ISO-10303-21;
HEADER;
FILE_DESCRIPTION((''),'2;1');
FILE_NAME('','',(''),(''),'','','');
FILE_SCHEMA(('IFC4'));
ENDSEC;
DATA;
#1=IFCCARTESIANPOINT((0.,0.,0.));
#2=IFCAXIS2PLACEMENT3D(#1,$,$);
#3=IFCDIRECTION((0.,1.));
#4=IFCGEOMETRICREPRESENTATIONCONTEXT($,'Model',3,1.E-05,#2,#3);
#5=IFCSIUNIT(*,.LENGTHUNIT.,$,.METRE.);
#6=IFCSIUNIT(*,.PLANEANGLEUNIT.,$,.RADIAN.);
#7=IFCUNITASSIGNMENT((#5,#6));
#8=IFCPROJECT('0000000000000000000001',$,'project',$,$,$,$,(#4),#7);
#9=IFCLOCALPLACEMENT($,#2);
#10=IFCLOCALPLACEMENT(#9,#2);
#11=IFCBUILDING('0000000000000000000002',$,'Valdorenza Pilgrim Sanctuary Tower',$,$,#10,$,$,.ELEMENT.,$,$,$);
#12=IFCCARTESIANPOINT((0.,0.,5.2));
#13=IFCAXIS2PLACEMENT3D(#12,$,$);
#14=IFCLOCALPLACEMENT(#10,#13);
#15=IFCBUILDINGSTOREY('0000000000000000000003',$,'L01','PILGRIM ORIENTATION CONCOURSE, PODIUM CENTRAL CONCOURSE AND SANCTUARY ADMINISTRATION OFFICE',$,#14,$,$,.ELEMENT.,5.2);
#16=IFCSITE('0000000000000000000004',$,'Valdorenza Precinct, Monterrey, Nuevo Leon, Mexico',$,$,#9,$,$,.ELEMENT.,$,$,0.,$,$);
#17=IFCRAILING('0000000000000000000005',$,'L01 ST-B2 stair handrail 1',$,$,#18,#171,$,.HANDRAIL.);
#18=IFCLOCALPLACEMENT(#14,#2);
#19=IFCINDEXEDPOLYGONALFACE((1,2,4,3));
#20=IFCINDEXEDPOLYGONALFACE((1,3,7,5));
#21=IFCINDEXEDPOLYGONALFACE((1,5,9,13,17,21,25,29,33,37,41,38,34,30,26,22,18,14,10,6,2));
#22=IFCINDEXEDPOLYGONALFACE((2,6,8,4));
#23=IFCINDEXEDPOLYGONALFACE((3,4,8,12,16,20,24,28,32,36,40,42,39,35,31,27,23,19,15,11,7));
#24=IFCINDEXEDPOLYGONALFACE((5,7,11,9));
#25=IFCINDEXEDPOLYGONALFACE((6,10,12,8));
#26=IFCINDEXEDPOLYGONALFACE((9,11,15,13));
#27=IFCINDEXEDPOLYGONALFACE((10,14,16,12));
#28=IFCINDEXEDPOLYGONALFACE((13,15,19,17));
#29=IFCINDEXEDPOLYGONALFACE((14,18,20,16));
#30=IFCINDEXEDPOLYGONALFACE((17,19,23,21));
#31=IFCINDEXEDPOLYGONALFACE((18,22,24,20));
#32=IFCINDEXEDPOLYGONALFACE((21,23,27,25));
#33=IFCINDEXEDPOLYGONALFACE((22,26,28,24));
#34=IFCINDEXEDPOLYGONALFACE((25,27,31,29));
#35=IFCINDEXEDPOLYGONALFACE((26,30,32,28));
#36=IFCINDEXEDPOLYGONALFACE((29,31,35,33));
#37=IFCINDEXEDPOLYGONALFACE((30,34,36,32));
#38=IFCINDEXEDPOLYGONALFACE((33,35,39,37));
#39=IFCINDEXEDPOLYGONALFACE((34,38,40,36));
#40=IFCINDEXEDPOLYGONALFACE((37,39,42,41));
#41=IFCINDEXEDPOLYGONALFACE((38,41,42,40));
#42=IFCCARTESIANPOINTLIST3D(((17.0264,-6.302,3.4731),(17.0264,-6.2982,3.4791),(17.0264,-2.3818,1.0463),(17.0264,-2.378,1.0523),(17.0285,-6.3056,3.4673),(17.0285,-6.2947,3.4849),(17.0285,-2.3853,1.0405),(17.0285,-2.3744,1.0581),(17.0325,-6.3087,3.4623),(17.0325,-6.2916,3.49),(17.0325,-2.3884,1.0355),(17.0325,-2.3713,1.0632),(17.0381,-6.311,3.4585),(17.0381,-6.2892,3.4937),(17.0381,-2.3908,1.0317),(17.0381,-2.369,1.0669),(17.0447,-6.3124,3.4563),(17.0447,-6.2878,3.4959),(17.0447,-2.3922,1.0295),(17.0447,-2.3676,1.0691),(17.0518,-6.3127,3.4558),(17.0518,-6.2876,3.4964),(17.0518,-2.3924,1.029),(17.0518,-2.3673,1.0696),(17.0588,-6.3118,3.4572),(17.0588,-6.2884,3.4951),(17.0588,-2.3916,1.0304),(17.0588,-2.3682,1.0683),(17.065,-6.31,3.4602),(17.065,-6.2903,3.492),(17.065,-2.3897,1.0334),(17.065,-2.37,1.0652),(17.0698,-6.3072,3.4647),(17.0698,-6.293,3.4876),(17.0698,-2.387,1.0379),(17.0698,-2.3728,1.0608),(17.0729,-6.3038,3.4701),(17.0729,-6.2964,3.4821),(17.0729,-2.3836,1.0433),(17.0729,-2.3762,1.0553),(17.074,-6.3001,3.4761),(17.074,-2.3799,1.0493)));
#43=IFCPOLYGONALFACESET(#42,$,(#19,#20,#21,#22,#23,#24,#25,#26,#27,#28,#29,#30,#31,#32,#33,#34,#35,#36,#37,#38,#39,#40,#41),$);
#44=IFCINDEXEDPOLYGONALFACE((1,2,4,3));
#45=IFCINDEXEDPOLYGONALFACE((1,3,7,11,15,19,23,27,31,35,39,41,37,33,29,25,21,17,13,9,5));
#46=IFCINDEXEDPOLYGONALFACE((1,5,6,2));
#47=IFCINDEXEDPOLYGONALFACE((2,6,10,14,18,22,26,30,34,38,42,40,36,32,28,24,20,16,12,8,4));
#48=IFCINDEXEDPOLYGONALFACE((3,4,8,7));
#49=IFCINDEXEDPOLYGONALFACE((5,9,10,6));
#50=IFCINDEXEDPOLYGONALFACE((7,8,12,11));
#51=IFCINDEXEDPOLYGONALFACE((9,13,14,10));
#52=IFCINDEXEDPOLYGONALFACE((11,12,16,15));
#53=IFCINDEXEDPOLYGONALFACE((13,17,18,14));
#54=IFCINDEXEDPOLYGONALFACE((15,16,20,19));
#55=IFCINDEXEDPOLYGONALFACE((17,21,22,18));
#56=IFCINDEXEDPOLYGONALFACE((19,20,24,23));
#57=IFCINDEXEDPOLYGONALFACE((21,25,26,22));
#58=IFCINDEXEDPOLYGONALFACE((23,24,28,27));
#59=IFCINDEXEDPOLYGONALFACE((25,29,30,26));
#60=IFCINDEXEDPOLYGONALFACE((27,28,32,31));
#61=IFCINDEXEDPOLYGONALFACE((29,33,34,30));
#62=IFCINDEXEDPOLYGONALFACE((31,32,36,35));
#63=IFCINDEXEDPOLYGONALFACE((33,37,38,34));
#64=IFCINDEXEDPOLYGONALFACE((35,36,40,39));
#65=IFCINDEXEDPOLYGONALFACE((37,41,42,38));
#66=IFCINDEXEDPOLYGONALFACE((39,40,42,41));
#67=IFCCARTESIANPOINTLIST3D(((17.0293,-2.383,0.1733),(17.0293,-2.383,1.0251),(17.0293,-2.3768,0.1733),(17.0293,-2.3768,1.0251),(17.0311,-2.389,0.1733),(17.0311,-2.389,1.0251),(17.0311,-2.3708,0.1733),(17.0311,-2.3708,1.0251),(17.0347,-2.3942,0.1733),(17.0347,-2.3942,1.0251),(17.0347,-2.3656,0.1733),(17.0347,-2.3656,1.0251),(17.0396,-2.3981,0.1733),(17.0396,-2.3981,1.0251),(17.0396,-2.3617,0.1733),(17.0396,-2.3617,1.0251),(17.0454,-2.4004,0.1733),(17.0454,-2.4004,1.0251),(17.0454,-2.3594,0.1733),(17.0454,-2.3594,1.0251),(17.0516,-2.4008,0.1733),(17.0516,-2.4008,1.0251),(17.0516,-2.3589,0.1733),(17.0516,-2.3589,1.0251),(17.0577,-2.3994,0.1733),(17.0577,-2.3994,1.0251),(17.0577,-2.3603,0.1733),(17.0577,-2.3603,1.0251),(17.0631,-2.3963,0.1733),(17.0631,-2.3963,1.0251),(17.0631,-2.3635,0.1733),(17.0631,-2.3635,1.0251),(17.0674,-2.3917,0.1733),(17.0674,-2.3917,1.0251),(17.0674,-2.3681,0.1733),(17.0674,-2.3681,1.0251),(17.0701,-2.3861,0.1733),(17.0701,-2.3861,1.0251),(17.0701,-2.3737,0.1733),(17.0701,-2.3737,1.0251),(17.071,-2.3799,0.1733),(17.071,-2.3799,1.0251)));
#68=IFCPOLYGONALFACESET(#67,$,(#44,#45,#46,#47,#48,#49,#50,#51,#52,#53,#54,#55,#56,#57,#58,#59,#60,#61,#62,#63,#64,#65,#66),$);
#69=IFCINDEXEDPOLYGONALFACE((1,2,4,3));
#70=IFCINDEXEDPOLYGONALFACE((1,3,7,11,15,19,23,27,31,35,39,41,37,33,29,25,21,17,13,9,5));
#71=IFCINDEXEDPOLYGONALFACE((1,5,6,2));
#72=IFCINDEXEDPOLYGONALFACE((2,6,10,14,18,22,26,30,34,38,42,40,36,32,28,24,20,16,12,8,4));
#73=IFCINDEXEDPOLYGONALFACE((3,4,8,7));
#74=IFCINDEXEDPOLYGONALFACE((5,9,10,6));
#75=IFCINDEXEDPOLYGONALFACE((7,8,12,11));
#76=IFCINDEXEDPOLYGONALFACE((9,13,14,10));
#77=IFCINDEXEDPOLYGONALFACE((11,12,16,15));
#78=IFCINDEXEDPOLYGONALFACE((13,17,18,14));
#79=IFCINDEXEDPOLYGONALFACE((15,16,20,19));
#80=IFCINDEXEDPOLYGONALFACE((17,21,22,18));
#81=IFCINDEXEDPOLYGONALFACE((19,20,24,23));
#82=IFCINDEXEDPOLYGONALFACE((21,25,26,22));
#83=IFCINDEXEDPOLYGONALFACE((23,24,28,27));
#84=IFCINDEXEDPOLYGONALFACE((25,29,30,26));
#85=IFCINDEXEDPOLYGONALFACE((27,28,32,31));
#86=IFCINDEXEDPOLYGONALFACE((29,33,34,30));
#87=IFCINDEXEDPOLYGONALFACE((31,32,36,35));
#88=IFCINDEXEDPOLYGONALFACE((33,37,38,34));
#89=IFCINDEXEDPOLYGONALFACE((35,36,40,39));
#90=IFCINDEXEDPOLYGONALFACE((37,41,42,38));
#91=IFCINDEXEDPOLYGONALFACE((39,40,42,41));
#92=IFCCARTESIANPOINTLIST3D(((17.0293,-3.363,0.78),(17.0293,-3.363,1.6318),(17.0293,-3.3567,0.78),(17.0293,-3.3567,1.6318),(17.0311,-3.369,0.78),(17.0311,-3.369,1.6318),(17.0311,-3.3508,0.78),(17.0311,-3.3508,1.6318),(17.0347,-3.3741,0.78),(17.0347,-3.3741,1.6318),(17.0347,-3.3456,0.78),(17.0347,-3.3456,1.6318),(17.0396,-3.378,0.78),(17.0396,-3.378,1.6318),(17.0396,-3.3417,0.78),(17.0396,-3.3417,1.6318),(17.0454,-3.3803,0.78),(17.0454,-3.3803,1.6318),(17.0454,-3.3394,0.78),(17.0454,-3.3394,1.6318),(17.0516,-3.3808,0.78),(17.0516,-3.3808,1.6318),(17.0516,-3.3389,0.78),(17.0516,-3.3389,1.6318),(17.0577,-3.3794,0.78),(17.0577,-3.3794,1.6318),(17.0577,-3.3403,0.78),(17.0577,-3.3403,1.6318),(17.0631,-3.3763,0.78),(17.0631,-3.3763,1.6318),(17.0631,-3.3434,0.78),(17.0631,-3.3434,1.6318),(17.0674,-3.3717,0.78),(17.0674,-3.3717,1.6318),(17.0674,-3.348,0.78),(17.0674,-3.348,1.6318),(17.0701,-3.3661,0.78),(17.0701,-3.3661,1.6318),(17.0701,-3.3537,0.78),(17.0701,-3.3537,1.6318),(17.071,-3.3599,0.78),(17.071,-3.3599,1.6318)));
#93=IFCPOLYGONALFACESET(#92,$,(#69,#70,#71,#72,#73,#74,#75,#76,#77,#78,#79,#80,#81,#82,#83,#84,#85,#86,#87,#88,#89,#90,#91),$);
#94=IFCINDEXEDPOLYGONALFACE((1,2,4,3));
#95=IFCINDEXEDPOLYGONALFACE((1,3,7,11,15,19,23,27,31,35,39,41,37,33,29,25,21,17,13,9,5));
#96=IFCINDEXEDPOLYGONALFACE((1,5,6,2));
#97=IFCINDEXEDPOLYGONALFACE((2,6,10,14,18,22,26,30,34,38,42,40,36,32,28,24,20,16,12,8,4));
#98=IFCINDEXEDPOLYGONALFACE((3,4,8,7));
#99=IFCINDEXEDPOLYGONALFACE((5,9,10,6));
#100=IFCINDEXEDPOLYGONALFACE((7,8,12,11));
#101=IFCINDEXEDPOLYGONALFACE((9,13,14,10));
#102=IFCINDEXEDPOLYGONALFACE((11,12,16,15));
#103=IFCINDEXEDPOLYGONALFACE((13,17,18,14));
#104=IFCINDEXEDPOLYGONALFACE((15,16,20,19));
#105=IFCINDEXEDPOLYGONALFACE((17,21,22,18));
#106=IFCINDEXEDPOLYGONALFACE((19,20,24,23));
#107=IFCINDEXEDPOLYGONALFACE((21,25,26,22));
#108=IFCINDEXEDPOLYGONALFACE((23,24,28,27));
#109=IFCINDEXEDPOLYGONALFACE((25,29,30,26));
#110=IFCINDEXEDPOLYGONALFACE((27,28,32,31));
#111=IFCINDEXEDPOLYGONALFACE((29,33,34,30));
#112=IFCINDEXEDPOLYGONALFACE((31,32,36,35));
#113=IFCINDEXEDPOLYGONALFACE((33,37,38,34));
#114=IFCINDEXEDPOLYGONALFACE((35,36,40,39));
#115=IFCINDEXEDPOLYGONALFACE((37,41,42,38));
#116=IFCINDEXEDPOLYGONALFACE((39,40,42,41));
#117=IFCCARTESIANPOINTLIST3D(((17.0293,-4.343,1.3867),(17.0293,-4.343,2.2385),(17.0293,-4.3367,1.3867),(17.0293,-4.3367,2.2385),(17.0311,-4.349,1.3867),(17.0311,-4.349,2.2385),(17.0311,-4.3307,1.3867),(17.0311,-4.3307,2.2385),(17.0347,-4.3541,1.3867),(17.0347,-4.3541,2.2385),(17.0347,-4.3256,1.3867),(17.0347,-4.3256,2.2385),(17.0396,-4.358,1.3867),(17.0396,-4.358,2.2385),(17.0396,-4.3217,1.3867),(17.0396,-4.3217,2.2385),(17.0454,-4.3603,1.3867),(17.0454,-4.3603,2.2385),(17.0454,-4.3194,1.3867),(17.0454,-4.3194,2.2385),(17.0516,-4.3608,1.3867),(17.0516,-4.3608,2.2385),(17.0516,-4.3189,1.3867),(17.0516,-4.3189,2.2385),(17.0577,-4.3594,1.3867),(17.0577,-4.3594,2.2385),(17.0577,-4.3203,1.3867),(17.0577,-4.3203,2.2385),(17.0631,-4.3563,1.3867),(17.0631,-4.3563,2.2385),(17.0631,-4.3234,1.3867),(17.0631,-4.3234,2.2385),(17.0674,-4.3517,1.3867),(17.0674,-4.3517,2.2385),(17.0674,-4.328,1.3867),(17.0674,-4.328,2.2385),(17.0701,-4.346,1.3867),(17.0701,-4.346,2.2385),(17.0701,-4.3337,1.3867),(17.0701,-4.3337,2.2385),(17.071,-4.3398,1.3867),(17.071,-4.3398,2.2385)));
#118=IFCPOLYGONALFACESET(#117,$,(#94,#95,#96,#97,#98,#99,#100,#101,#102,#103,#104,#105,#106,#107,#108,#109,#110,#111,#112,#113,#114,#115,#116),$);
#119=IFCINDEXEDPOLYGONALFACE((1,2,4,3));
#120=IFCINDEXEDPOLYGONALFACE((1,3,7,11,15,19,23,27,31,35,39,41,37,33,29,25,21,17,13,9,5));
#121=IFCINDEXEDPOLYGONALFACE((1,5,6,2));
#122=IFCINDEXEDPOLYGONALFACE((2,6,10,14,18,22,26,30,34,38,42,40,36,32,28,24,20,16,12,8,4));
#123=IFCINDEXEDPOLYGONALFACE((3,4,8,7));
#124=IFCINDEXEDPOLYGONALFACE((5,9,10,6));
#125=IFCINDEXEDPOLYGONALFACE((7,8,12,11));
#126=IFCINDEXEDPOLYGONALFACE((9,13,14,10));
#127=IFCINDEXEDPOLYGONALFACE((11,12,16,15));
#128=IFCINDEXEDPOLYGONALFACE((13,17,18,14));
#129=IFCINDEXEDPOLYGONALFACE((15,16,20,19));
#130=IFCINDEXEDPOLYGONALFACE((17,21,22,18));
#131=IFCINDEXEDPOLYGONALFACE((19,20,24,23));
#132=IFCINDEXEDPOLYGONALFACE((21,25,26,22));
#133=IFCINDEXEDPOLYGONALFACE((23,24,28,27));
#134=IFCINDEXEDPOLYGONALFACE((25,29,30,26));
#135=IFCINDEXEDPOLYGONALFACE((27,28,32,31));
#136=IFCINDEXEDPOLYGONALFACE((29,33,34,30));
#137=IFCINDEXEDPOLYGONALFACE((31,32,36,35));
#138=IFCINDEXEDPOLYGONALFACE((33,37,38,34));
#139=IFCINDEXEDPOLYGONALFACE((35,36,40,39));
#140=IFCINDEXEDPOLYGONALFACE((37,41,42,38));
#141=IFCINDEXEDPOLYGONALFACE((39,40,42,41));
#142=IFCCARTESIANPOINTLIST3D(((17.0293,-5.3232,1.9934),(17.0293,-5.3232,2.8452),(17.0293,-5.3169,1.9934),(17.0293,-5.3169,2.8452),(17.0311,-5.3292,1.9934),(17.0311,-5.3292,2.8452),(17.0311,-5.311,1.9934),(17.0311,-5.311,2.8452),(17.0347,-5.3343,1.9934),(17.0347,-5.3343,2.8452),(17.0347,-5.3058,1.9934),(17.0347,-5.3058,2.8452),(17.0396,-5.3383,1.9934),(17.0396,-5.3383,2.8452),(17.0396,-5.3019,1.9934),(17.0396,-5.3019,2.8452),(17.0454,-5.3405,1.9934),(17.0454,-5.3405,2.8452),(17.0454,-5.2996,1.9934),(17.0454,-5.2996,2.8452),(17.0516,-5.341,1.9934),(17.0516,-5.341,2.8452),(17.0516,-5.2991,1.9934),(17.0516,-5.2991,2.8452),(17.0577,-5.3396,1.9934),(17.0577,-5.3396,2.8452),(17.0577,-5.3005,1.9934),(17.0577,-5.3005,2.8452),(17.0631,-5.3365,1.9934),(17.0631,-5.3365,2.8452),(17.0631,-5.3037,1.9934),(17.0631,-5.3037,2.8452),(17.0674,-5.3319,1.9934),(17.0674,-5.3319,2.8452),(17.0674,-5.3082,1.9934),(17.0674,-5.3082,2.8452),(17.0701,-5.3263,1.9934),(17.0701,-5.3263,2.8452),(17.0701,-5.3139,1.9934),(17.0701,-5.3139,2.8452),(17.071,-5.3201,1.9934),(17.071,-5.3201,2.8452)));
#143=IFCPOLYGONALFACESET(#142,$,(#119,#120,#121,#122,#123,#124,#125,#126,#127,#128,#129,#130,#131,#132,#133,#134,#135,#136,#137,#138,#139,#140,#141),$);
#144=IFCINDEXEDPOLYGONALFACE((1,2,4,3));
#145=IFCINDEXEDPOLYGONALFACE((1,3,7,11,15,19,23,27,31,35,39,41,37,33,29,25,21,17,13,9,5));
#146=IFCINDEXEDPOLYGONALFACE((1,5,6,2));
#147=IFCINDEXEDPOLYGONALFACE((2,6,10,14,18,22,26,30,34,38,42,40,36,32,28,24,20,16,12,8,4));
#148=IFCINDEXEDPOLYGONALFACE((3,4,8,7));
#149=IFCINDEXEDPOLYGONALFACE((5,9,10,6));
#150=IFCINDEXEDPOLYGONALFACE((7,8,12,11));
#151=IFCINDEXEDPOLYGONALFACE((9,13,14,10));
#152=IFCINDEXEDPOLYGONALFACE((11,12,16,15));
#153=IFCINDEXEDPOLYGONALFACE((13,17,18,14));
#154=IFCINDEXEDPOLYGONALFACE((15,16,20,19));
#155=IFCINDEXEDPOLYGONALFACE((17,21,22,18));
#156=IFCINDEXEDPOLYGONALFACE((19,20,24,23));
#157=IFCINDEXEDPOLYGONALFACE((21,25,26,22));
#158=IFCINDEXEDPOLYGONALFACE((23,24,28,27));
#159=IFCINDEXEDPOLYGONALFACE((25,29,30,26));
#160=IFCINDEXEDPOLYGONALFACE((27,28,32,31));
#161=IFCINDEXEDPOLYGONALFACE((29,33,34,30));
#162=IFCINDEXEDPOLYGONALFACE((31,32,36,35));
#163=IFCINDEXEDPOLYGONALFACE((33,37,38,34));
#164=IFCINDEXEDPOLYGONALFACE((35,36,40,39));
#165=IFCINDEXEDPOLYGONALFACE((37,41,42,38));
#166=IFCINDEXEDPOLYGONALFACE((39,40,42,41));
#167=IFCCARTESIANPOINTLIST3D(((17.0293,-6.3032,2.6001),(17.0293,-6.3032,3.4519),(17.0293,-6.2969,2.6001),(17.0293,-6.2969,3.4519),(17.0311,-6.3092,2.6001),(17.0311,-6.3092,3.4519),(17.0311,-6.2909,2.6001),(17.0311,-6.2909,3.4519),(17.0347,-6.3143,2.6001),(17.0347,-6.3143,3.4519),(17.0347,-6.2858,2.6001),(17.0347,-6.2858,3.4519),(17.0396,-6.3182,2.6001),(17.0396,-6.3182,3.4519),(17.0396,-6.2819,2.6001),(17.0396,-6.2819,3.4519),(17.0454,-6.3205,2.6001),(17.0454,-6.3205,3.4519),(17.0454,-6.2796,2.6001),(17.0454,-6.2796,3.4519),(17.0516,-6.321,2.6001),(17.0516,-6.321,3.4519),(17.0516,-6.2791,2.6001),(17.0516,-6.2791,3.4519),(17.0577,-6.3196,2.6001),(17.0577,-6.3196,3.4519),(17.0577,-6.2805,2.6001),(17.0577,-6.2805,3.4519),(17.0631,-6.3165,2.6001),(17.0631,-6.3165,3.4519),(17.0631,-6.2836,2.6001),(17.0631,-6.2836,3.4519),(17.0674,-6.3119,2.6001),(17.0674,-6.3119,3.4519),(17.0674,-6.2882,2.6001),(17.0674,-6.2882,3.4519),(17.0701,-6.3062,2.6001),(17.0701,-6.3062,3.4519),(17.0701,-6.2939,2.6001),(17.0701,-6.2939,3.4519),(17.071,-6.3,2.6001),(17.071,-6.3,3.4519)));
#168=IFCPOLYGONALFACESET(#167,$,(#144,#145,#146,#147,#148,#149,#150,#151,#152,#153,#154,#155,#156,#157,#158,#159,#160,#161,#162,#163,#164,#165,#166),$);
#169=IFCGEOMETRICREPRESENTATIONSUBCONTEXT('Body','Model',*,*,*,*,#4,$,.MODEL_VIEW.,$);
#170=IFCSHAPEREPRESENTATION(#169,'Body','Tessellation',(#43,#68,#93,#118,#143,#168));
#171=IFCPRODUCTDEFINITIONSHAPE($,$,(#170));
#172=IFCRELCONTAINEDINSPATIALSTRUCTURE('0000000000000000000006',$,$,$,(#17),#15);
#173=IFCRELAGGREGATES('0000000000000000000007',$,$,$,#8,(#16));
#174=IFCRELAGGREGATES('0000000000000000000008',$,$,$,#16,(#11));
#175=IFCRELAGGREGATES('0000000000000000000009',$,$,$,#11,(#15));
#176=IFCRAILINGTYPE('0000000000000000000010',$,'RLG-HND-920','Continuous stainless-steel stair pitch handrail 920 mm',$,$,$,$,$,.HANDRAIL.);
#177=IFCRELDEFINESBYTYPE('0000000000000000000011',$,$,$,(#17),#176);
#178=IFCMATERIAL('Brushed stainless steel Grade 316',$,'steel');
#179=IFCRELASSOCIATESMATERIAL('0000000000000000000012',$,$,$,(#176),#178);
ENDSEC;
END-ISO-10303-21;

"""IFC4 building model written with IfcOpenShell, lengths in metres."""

from ifc_helpers import new_model, si_unit, direction, frame, origin, origin_2d, place, context, subcontext, project, spatial, circle, extrude, material, type_object, element, save


model = new_model("IFC4")

# Units and contexts
model_context = context("Model", 3, precision=1e-05, world=origin(), true_north=direction((0.0, 1.0)))
body_context = subcontext(model_context, "Body", "Model", "MODEL_VIEW")
ifc_project = project(units=[si_unit("LENGTHUNIT", "METRE"), si_unit("PLANEANGLEUNIT", "RADIAN")], contexts=[model_context])

# Site, building, storey
site_placement = place(None, origin())
site = spatial("IfcSite", under=ifc_project, at=site_placement, Name="Valdorenza Precinct, Monterrey, Nuevo Leon, Mexico", CompositionType="ELEMENT", RefElevation=0.0)
building_placement = place(site_placement, origin())
building = spatial("IfcBuilding", under=site, at=building_placement, Name="Valdorenza Pilgrim Sanctuary Tower", CompositionType="ELEMENT")
storey_placement = place(building_placement, frame((0.0, 0.0, 5.2)))
storey = spatial("IfcBuildingStorey", under=building, at=storey_placement, Name="L01", Description="PILGRIM ORIENTATION CONCOURSE, PODIUM CENTRAL CONCOURSE AND SANCTUARY ADMINISTRATION OFFICE", CompositionType="ELEMENT", Elevation=5.2)

# Railing
ifc_material_1 = material(Name="Brushed stainless steel Grade 316", Category="steel")
railing_type_1 = type_object("IfcRailingType", Name="RLG-HND-920", Description="Continuous stainless-steel stair pitch handrail 920 mm", PredefinedType="HANDRAIL", material=ifc_material_1)
railing_1_placement = place(storey_placement, frame((17.05, -2.3799, 0.1733)))
element("IfcRailing", 1, at=railing_1_placement, inside=storey, type_object=railing_type_1, Name="L01 ST-B2 stair handrail 1", PredefinedType="HANDRAIL", context=body_context, shape_type="SweptSolid", body=[
    extrude(circle(Radius=0.0239, at=origin_2d()), frame((0.0, 0.0, 0.876), z_axis=(0.0, -0.850266, 0.526353), x_axis=(1.0, 0.0, 0.0)), (0.0, 0.0, 1.0), 4.6106),
    extrude(circle(Radius=0.021, at=origin_2d()), origin(), (0.0, 0.0, 1.0), 0.8518),
    extrude(circle(Radius=0.021, at=origin_2d()), frame((0.0, -0.98, 0.6067)), (0.0, 0.0, 1.0), 0.8518),
    extrude(circle(Radius=0.021, at=origin_2d()), frame((0.0, -1.96, 1.2134)), (0.0, 0.0, 1.0), 0.8518),
    extrude(circle(Radius=0.021, at=origin_2d()), frame((0.0, -2.9402, 1.8201)), (0.0, 0.0, 1.0), 0.8518),
    extrude(circle(Radius=0.021, at=origin_2d()), frame((0.0, -3.9202, 2.4268)), (0.0, 0.0, 1.0), 0.8518),
])

save(model, "model.ifc")
